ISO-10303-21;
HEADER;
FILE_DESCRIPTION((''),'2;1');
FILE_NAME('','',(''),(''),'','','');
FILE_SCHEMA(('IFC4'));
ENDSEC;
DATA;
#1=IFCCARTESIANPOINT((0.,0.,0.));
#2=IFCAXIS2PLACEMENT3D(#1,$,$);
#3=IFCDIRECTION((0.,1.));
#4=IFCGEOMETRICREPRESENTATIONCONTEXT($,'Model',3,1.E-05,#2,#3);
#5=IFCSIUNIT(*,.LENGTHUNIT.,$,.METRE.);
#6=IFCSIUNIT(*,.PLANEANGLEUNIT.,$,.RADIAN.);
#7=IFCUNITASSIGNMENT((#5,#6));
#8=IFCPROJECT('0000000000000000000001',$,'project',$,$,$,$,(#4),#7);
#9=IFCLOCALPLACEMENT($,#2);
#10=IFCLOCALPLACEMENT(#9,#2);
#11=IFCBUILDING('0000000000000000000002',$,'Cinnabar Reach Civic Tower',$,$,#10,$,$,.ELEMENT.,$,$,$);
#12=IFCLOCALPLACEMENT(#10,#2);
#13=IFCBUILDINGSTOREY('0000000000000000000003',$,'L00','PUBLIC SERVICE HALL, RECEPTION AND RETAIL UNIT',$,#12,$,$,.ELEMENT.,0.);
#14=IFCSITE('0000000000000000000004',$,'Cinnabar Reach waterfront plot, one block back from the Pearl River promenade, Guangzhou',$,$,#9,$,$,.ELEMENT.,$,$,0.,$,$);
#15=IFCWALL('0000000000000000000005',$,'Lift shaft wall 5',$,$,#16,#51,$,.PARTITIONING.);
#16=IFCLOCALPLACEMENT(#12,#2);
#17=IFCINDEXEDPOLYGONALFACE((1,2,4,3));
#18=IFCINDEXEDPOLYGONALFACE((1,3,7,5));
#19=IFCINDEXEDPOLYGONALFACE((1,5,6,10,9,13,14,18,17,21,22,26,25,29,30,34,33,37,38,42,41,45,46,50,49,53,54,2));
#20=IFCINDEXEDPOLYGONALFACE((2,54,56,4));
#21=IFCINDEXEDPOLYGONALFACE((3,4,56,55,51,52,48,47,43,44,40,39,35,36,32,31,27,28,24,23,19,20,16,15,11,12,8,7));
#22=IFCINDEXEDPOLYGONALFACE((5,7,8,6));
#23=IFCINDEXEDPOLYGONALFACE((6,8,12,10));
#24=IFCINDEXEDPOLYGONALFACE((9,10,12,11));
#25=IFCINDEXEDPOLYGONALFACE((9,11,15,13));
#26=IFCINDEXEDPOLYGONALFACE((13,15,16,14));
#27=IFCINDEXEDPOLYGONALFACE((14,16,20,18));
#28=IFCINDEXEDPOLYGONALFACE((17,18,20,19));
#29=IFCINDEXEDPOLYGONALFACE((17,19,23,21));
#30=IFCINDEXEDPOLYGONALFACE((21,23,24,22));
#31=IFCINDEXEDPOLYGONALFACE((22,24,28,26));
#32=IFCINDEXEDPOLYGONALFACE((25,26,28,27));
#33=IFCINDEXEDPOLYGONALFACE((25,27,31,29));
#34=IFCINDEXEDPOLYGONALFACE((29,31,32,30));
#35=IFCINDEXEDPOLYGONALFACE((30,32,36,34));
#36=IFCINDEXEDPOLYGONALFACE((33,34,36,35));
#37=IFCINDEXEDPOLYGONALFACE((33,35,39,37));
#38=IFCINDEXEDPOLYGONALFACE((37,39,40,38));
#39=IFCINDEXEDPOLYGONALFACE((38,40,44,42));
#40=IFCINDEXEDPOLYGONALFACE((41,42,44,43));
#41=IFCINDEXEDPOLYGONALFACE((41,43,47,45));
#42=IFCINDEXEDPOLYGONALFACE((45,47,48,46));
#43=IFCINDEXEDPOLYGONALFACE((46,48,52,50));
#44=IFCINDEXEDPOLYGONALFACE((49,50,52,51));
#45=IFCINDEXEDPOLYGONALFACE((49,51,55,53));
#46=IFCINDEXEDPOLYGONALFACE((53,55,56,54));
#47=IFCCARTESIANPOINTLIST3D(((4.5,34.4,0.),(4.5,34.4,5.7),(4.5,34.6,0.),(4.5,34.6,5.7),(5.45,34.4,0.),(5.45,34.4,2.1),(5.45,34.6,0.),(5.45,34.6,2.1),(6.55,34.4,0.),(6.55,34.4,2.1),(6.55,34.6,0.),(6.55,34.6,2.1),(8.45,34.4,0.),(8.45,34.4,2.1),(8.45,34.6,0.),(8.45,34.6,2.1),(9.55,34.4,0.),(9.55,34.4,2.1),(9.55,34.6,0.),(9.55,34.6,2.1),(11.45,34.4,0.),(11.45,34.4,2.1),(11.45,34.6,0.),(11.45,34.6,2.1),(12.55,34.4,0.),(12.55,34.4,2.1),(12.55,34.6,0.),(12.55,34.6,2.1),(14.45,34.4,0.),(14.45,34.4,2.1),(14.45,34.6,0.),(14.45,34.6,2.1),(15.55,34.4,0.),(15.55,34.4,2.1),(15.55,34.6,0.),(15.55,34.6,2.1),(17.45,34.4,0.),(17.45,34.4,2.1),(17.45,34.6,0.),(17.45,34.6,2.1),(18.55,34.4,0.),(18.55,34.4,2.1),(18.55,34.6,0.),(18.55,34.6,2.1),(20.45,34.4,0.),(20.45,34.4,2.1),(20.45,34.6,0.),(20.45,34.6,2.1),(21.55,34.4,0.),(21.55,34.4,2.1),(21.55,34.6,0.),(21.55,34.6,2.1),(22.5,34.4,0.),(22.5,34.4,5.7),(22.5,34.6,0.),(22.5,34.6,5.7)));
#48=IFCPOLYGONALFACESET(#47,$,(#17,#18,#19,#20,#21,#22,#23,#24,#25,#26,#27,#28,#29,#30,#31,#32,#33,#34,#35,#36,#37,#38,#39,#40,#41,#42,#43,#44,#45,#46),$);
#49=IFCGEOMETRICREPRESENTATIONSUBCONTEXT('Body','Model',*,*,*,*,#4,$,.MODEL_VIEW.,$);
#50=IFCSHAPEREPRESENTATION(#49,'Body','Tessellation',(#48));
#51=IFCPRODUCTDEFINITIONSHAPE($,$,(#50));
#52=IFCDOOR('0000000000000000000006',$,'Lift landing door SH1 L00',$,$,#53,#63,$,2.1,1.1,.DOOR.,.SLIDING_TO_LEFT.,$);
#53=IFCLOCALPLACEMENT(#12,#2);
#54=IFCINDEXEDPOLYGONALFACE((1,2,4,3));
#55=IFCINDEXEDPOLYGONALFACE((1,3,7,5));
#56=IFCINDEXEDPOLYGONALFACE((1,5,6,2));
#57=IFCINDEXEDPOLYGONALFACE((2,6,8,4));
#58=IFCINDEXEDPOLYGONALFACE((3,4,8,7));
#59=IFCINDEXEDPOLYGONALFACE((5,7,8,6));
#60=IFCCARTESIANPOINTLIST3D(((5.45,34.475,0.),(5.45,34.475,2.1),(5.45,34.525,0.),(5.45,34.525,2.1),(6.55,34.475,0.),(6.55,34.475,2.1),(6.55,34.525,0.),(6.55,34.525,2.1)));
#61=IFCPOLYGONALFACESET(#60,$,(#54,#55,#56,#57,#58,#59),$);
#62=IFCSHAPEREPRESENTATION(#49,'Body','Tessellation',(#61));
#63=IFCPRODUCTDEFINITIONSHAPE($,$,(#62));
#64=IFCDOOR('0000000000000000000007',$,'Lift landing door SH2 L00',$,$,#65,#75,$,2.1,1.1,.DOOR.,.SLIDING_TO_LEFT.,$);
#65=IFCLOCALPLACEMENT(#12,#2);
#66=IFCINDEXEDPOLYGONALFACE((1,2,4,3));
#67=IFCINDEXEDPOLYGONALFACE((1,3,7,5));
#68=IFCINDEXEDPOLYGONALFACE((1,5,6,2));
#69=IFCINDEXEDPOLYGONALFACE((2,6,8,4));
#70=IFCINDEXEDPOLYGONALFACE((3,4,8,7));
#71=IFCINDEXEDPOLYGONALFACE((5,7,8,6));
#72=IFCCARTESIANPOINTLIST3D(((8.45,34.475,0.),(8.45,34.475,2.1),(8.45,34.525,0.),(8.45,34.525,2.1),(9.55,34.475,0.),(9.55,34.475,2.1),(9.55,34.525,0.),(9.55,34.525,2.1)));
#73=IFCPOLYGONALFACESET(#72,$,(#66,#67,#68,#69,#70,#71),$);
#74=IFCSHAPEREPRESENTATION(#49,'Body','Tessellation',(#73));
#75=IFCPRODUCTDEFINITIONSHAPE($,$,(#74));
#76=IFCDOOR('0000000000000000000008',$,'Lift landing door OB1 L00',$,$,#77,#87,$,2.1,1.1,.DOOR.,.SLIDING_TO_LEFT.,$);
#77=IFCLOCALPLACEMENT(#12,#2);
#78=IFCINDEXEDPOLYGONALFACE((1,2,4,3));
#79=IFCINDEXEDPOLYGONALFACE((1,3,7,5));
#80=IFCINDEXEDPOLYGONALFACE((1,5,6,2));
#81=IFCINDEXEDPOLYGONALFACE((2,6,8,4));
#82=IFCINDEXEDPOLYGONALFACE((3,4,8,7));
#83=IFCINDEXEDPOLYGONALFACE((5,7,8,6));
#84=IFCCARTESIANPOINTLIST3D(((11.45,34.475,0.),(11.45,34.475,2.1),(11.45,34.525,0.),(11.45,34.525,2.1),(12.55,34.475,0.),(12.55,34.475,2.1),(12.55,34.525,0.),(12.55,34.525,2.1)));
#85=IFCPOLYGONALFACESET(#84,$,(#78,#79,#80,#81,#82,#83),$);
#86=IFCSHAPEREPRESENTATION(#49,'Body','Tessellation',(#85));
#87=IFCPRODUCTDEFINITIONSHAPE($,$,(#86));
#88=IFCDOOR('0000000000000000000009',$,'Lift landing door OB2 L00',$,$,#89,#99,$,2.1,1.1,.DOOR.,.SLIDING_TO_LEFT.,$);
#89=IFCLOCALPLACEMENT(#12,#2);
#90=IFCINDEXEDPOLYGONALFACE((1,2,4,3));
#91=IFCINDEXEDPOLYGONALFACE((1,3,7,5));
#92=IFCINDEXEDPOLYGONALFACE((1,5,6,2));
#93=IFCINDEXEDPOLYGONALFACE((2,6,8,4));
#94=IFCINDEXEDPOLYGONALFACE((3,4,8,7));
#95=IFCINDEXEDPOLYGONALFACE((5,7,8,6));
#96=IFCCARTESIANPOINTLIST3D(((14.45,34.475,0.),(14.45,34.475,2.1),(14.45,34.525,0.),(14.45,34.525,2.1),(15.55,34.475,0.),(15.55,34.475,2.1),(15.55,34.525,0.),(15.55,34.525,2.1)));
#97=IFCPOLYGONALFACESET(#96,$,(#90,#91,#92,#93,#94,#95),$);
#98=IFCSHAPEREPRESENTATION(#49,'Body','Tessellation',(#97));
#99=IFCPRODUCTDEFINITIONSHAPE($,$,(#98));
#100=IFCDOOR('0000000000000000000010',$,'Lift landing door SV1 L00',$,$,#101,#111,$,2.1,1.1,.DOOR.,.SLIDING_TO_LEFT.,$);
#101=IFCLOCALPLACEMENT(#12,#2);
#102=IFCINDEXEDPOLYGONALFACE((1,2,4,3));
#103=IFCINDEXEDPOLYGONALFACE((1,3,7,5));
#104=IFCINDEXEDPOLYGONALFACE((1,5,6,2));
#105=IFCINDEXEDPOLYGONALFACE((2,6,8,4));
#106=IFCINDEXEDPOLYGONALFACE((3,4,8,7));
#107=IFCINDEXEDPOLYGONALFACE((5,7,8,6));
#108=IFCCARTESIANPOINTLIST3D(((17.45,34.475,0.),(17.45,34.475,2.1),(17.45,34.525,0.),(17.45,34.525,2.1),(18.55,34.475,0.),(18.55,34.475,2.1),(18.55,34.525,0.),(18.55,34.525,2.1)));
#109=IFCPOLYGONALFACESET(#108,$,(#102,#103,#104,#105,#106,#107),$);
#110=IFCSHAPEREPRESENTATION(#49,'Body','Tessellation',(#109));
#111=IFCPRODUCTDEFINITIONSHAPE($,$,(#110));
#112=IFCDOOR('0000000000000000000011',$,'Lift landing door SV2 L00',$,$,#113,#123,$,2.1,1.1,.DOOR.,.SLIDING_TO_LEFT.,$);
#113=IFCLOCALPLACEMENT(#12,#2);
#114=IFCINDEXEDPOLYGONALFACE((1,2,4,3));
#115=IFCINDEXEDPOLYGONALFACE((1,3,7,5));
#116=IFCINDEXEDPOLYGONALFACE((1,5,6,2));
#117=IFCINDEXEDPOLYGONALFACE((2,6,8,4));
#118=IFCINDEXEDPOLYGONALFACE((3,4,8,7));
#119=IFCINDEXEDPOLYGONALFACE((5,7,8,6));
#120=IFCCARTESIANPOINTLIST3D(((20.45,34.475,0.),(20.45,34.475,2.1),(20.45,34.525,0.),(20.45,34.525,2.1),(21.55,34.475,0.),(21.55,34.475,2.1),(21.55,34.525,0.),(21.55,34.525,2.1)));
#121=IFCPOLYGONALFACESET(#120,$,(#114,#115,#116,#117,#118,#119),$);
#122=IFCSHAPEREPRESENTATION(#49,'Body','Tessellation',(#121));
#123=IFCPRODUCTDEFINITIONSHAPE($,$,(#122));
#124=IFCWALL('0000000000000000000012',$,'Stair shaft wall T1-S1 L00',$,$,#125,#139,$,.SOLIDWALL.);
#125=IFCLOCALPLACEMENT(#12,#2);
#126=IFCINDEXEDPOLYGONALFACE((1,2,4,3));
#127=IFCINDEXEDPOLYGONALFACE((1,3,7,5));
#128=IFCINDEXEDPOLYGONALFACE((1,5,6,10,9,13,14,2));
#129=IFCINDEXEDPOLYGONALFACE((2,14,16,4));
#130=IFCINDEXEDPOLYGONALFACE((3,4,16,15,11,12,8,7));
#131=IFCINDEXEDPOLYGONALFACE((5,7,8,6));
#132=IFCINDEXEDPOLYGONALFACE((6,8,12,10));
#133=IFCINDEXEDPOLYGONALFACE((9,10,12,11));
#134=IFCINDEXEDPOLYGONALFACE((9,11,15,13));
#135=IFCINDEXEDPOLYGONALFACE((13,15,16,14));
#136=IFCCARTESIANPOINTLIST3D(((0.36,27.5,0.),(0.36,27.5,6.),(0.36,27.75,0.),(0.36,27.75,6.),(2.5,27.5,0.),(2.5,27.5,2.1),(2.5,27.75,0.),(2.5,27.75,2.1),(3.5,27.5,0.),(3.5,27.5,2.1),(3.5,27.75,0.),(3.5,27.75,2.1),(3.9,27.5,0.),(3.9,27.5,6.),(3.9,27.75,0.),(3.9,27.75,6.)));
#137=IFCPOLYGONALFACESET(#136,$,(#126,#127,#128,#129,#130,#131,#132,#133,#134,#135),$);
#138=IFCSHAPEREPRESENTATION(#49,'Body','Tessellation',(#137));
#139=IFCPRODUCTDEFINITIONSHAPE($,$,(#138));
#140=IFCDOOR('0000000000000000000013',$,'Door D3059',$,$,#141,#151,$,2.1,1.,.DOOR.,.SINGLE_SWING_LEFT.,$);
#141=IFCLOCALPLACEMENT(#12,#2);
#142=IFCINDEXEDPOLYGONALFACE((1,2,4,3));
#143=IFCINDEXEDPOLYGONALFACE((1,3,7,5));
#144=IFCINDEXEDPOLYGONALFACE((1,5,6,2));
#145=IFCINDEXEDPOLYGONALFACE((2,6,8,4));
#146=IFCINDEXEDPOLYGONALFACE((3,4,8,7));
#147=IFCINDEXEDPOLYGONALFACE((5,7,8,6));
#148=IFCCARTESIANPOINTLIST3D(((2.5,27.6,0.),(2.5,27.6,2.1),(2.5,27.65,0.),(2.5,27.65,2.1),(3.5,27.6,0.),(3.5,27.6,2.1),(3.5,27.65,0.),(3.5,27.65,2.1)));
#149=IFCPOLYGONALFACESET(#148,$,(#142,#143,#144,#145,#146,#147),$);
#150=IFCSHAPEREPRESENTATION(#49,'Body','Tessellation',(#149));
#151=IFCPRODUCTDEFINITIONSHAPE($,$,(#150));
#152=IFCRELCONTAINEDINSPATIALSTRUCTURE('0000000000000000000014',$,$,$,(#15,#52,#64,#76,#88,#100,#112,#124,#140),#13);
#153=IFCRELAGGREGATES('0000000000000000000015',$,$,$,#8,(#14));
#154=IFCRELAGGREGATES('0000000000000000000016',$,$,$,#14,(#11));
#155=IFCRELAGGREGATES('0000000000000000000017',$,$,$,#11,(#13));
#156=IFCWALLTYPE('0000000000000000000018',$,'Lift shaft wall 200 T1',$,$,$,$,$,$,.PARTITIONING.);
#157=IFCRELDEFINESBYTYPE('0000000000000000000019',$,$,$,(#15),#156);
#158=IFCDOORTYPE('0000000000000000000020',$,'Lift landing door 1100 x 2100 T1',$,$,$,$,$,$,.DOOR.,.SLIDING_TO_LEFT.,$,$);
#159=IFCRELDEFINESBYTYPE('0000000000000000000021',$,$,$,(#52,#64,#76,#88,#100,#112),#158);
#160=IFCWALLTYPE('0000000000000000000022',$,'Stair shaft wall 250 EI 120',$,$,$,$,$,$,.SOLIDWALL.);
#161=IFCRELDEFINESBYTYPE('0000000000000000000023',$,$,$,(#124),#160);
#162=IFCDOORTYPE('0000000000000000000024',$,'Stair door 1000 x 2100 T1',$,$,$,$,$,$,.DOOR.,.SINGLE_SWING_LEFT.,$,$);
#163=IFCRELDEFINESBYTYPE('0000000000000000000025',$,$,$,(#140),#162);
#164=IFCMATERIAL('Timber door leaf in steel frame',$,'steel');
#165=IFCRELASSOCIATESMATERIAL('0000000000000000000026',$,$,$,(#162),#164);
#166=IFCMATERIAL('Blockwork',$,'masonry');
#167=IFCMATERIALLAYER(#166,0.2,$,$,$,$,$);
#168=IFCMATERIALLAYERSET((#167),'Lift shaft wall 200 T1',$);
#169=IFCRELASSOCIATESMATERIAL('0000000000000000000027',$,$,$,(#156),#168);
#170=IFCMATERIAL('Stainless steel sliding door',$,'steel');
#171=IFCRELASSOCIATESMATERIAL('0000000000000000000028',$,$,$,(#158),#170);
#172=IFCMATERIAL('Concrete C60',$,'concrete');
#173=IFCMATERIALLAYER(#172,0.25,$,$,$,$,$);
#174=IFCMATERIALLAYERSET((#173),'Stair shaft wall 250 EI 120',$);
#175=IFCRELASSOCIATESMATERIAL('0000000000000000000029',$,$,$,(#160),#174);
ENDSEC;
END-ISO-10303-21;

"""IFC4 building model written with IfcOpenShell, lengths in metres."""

from ifc_helpers import new_model, si_unit, direction, frame, frame_2d, origin, place, context, subcontext, project, spatial, rectangle, extrude, material, layer, layer_set, type_object, element, fill, save


model = new_model("IFC4")

# Units and contexts
model_context = context("Model", 3, precision=1e-05, world=origin(), true_north=direction((0.0, 1.0)))
body_context = subcontext(model_context, "Body", "Model", "MODEL_VIEW")
ifc_project = project(units=[si_unit("LENGTHUNIT", "METRE"), si_unit("PLANEANGLEUNIT", "RADIAN")], contexts=[model_context])

# Site, building, storey
site_placement = place(None, origin())
site = spatial("IfcSite", under=ifc_project, at=site_placement, Name="Cinnabar Reach waterfront plot, one block back from the Pearl River promenade, Guangzhou", CompositionType="ELEMENT", RefElevation=0.0)
building_placement = place(site_placement, origin())
building = spatial("IfcBuilding", under=site, at=building_placement, Name="Cinnabar Reach Civic Tower", CompositionType="ELEMENT")
storey_placement = place(building_placement, origin())
storey = spatial("IfcBuildingStorey", under=building, at=storey_placement, Name="L00", Description="PUBLIC SERVICE HALL, RECEPTION AND RETAIL UNIT", CompositionType="ELEMENT", Elevation=0.0)

# Shared definitions
ifc_material_1 = material(Name="Concrete C60", Category="concrete")

# Shared definitions
ifc_material_2 = material(Name="Timber door leaf in steel frame", Category="steel")
door_type_1 = type_object("IfcDoorType", Name="Stair door 1000 x 2100 T1", OperationType="SINGLE_SWING_LEFT", PredefinedType="DOOR", material=ifc_material_2)

# Wall, openings, doors
ifc_material_3 = material(Name="Blockwork", Category="masonry")
ifc_layer_1 = layer(ifc_material_3, 0.2)
ifc_layer_set_1 = layer_set([ifc_layer_1], Name="Lift shaft wall 200 T1")
wall_type_1 = type_object("IfcWallType", Name="Lift shaft wall 200 T1", PredefinedType="PARTITIONING", material=ifc_layer_set_1)
wall_1_placement = place(storey_placement, frame((4.5, 34.5, 0.0), z_axis=(0.0, 0.0, 1.0), x_axis=(1.0, 0.0, 0.0)))
wall_1 = element("IfcWall", 1, at=wall_1_placement, inside=storey, type_object=wall_type_1, Name="Lift shaft wall 5", PredefinedType="PARTITIONING", context=body_context, shape_type="SweptSolid", body=[
    extrude(rectangle(XDim=18.0, YDim=0.2, at=frame_2d((9.0, 0.0))), origin(), (0.0, 0.0, 1.0), 5.7),
])
opening_1_placement = place(wall_1_placement, frame((0.95, 0.0, 0.0)))
opening_1 = element("IfcOpeningElement", 2, at=opening_1_placement, cuts=wall_1, PredefinedType="OPENING", context=body_context, shape_type="SweptSolid", body=[
    extrude(rectangle(XDim=1.1, YDim=2.1, at=frame_2d((0.55, 1.05))), frame((0.0, 0.11, 0.0), z_axis=(0.0, -1.0, 0.0), x_axis=(1.0, 0.0, 0.0)), (0.0, 0.0, 1.0), 0.22),
])
opening_2_placement = place(wall_1_placement, frame((3.95, 0.0, 0.0)))
opening_2 = element("IfcOpeningElement", 3, at=opening_2_placement, cuts=wall_1, PredefinedType="OPENING", context=body_context, shape_type="SweptSolid", body=[
    extrude(rectangle(XDim=1.1, YDim=2.1, at=frame_2d((0.55, 1.05))), frame((0.0, 0.11, 0.0), z_axis=(0.0, -1.0, 0.0), x_axis=(1.0, 0.0, 0.0)), (0.0, 0.0, 1.0), 0.22),
])
opening_3_placement = place(wall_1_placement, frame((6.95, 0.0, 0.0)))
opening_3 = element("IfcOpeningElement", 4, at=opening_3_placement, cuts=wall_1, PredefinedType="OPENING", context=body_context, shape_type="SweptSolid", body=[
    extrude(rectangle(XDim=1.1, YDim=2.1, at=frame_2d((0.55, 1.05))), frame((0.0, 0.11, 0.0), z_axis=(0.0, -1.0, 0.0), x_axis=(1.0, 0.0, 0.0)), (0.0, 0.0, 1.0), 0.22),
])
opening_4_placement = place(wall_1_placement, frame((9.95, 0.0, 0.0)))
opening_4 = element("IfcOpeningElement", 5, at=opening_4_placement, cuts=wall_1, PredefinedType="OPENING", context=body_context, shape_type="SweptSolid", body=[
    extrude(rectangle(XDim=1.1, YDim=2.1, at=frame_2d((0.55, 1.05))), frame((0.0, 0.11, 0.0), z_axis=(0.0, -1.0, 0.0), x_axis=(1.0, 0.0, 0.0)), (0.0, 0.0, 1.0), 0.22),
])
opening_5_placement = place(wall_1_placement, frame((12.95, 0.0, 0.0)))
opening_5 = element("IfcOpeningElement", 6, at=opening_5_placement, cuts=wall_1, PredefinedType="OPENING", context=body_context, shape_type="SweptSolid", body=[
    extrude(rectangle(XDim=1.1, YDim=2.1, at=frame_2d((0.55, 1.05))), frame((0.0, 0.11, 0.0), z_axis=(0.0, -1.0, 0.0), x_axis=(1.0, 0.0, 0.0)), (0.0, 0.0, 1.0), 0.22),
])
opening_6_placement = place(wall_1_placement, frame((15.95, 0.0, 0.0)))
opening_6 = element("IfcOpeningElement", 7, at=opening_6_placement, cuts=wall_1, PredefinedType="OPENING", context=body_context, shape_type="SweptSolid", body=[
    extrude(rectangle(XDim=1.1, YDim=2.1, at=frame_2d((0.55, 1.05))), frame((0.0, 0.11, 0.0), z_axis=(0.0, -1.0, 0.0), x_axis=(1.0, 0.0, 0.0)), (0.0, 0.0, 1.0), 0.22),
])
ifc_material_4 = material(Name="Stainless steel sliding door", Category="steel")
door_type_2 = type_object("IfcDoorType", Name="Lift landing door 1100 x 2100 T1", OperationType="SLIDING_TO_LEFT", PredefinedType="DOOR", material=ifc_material_4)
door_1_placement = place(opening_1_placement, origin())
door_1 = element("IfcDoor", 8, at=door_1_placement, inside=storey, type_object=door_type_2, Name="Lift landing door SH1 L00", OperationType="SLIDING_TO_LEFT", OverallHeight=2.1, OverallWidth=1.1, PredefinedType="DOOR", context=body_context, shape_type="SweptSolid", body=[
    extrude(rectangle(XDim=1.1, YDim=2.1, at=frame_2d((0.55, 1.05))), frame((0.0, 0.025, 0.0), z_axis=(0.0, -1.0, 0.0), x_axis=(1.0, 0.0, 0.0)), (0.0, 0.0, 1.0), 0.05),
])
fill(opening_1, door_1)
door_2_placement = place(opening_2_placement, origin())
door_2 = element("IfcDoor", 9, at=door_2_placement, inside=storey, type_object=door_type_2, Name="Lift landing door SH2 L00", OperationType="SLIDING_TO_LEFT", OverallHeight=2.1, OverallWidth=1.1, PredefinedType="DOOR", context=body_context, shape_type="SweptSolid", body=[
    extrude(rectangle(XDim=1.1, YDim=2.1, at=frame_2d((0.55, 1.05))), frame((0.0, 0.025, 0.0), z_axis=(0.0, -1.0, 0.0), x_axis=(1.0, 0.0, 0.0)), (0.0, 0.0, 1.0), 0.05),
])
fill(opening_2, door_2)
door_3_placement = place(opening_3_placement, origin())
door_3 = element("IfcDoor", 10, at=door_3_placement, inside=storey, type_object=door_type_2, Name="Lift landing door OB1 L00", OperationType="SLIDING_TO_LEFT", OverallHeight=2.1, OverallWidth=1.1, PredefinedType="DOOR", context=body_context, shape_type="SweptSolid", body=[
    extrude(rectangle(XDim=1.1, YDim=2.1, at=frame_2d((0.55, 1.05))), frame((0.0, 0.025, 0.0), z_axis=(0.0, -1.0, 0.0), x_axis=(1.0, 0.0, 0.0)), (0.0, 0.0, 1.0), 0.05),
])
fill(opening_3, door_3)
door_4_placement = place(opening_4_placement, origin())
door_4 = element("IfcDoor", 11, at=door_4_placement, inside=storey, type_object=door_type_2, Name="Lift landing door OB2 L00", OperationType="SLIDING_TO_LEFT", OverallHeight=2.1, OverallWidth=1.1, PredefinedType="DOOR", context=body_context, shape_type="SweptSolid", body=[
    extrude(rectangle(XDim=1.1, YDim=2.1, at=frame_2d((0.55, 1.05))), frame((0.0, 0.025, 0.0), z_axis=(0.0, -1.0, 0.0), x_axis=(1.0, 0.0, 0.0)), (0.0, 0.0, 1.0), 0.05),
])
fill(opening_4, door_4)
door_5_placement = place(opening_5_placement, origin())
door_5 = element("IfcDoor", 12, at=door_5_placement, inside=storey, type_object=door_type_2, Name="Lift landing door SV1 L00", OperationType="SLIDING_TO_LEFT", OverallHeight=2.1, OverallWidth=1.1, PredefinedType="DOOR", context=body_context, shape_type="SweptSolid", body=[
    extrude(rectangle(XDim=1.1, YDim=2.1, at=frame_2d((0.55, 1.05))), frame((0.0, 0.025, 0.0), z_axis=(0.0, -1.0, 0.0), x_axis=(1.0, 0.0, 0.0)), (0.0, 0.0, 1.0), 0.05),
])
fill(opening_5, door_5)
door_6_placement = place(opening_6_placement, origin())
door_6 = element("IfcDoor", 13, at=door_6_placement, inside=storey, type_object=door_type_2, Name="Lift landing door SV2 L00", OperationType="SLIDING_TO_LEFT", OverallHeight=2.1, OverallWidth=1.1, PredefinedType="DOOR", context=body_context, shape_type="SweptSolid", body=[
    extrude(rectangle(XDim=1.1, YDim=2.1, at=frame_2d((0.55, 1.05))), frame((0.0, 0.025, 0.0), z_axis=(0.0, -1.0, 0.0), x_axis=(1.0, 0.0, 0.0)), (0.0, 0.0, 1.0), 0.05),
])
fill(opening_6, door_6)

# Wall, opening, door
ifc_layer_2 = layer(ifc_material_1, 0.25)
ifc_layer_set_2 = layer_set([ifc_layer_2], Name="Stair shaft wall 250 EI 120")
wall_type_2 = type_object("IfcWallType", Name="Stair shaft wall 250 EI 120", PredefinedType="SOLIDWALL", material=ifc_layer_set_2)
wall_2_placement = place(storey_placement, frame((3.9, 27.625, 0.0), z_axis=(0.0, 0.0, 1.0), x_axis=(-1.0, 0.0, 0.0)))
wall_2 = element("IfcWall", 14, at=wall_2_placement, inside=storey, type_object=wall_type_2, Name="Stair shaft wall T1-S1 L00", PredefinedType="SOLIDWALL", context=body_context, shape_type="SweptSolid", body=[
    extrude(rectangle(XDim=3.54, YDim=0.25, at=frame_2d((1.77, 0.0))), origin(), (0.0, 0.0, 1.0), 6.0),
])
opening_7_placement = place(wall_2_placement, frame((0.4, 0.0, 0.0)))
opening_7 = element("IfcOpeningElement", 15, at=opening_7_placement, cuts=wall_2, PredefinedType="OPENING", context=body_context, shape_type="SweptSolid", body=[
    extrude(rectangle(XDim=1.0, YDim=2.1, at=frame_2d((0.5, 1.05))), frame((0.0, 0.135, 0.0), z_axis=(0.0, -1.0, 0.0), x_axis=(1.0, 0.0, 0.0)), (0.0, 0.0, 1.0), 0.27),
])
door_7_placement = place(opening_7_placement, origin())
door_7 = element("IfcDoor", 16, at=door_7_placement, inside=storey, type_object=door_type_1, Name="Door D3059", OperationType="SINGLE_SWING_LEFT", OverallHeight=2.1, OverallWidth=1.0, PredefinedType="DOOR", context=body_context, shape_type="SweptSolid", body=[
    extrude(rectangle(XDim=1.0, YDim=2.1, at=frame_2d((0.5, 1.05))), frame((0.0, 0.025, 0.0), z_axis=(0.0, -1.0, 0.0), x_axis=(1.0, 0.0, 0.0)), (0.0, 0.0, 1.0), 0.05),
])
fill(opening_7, door_7)

save(model, "model.ifc")
